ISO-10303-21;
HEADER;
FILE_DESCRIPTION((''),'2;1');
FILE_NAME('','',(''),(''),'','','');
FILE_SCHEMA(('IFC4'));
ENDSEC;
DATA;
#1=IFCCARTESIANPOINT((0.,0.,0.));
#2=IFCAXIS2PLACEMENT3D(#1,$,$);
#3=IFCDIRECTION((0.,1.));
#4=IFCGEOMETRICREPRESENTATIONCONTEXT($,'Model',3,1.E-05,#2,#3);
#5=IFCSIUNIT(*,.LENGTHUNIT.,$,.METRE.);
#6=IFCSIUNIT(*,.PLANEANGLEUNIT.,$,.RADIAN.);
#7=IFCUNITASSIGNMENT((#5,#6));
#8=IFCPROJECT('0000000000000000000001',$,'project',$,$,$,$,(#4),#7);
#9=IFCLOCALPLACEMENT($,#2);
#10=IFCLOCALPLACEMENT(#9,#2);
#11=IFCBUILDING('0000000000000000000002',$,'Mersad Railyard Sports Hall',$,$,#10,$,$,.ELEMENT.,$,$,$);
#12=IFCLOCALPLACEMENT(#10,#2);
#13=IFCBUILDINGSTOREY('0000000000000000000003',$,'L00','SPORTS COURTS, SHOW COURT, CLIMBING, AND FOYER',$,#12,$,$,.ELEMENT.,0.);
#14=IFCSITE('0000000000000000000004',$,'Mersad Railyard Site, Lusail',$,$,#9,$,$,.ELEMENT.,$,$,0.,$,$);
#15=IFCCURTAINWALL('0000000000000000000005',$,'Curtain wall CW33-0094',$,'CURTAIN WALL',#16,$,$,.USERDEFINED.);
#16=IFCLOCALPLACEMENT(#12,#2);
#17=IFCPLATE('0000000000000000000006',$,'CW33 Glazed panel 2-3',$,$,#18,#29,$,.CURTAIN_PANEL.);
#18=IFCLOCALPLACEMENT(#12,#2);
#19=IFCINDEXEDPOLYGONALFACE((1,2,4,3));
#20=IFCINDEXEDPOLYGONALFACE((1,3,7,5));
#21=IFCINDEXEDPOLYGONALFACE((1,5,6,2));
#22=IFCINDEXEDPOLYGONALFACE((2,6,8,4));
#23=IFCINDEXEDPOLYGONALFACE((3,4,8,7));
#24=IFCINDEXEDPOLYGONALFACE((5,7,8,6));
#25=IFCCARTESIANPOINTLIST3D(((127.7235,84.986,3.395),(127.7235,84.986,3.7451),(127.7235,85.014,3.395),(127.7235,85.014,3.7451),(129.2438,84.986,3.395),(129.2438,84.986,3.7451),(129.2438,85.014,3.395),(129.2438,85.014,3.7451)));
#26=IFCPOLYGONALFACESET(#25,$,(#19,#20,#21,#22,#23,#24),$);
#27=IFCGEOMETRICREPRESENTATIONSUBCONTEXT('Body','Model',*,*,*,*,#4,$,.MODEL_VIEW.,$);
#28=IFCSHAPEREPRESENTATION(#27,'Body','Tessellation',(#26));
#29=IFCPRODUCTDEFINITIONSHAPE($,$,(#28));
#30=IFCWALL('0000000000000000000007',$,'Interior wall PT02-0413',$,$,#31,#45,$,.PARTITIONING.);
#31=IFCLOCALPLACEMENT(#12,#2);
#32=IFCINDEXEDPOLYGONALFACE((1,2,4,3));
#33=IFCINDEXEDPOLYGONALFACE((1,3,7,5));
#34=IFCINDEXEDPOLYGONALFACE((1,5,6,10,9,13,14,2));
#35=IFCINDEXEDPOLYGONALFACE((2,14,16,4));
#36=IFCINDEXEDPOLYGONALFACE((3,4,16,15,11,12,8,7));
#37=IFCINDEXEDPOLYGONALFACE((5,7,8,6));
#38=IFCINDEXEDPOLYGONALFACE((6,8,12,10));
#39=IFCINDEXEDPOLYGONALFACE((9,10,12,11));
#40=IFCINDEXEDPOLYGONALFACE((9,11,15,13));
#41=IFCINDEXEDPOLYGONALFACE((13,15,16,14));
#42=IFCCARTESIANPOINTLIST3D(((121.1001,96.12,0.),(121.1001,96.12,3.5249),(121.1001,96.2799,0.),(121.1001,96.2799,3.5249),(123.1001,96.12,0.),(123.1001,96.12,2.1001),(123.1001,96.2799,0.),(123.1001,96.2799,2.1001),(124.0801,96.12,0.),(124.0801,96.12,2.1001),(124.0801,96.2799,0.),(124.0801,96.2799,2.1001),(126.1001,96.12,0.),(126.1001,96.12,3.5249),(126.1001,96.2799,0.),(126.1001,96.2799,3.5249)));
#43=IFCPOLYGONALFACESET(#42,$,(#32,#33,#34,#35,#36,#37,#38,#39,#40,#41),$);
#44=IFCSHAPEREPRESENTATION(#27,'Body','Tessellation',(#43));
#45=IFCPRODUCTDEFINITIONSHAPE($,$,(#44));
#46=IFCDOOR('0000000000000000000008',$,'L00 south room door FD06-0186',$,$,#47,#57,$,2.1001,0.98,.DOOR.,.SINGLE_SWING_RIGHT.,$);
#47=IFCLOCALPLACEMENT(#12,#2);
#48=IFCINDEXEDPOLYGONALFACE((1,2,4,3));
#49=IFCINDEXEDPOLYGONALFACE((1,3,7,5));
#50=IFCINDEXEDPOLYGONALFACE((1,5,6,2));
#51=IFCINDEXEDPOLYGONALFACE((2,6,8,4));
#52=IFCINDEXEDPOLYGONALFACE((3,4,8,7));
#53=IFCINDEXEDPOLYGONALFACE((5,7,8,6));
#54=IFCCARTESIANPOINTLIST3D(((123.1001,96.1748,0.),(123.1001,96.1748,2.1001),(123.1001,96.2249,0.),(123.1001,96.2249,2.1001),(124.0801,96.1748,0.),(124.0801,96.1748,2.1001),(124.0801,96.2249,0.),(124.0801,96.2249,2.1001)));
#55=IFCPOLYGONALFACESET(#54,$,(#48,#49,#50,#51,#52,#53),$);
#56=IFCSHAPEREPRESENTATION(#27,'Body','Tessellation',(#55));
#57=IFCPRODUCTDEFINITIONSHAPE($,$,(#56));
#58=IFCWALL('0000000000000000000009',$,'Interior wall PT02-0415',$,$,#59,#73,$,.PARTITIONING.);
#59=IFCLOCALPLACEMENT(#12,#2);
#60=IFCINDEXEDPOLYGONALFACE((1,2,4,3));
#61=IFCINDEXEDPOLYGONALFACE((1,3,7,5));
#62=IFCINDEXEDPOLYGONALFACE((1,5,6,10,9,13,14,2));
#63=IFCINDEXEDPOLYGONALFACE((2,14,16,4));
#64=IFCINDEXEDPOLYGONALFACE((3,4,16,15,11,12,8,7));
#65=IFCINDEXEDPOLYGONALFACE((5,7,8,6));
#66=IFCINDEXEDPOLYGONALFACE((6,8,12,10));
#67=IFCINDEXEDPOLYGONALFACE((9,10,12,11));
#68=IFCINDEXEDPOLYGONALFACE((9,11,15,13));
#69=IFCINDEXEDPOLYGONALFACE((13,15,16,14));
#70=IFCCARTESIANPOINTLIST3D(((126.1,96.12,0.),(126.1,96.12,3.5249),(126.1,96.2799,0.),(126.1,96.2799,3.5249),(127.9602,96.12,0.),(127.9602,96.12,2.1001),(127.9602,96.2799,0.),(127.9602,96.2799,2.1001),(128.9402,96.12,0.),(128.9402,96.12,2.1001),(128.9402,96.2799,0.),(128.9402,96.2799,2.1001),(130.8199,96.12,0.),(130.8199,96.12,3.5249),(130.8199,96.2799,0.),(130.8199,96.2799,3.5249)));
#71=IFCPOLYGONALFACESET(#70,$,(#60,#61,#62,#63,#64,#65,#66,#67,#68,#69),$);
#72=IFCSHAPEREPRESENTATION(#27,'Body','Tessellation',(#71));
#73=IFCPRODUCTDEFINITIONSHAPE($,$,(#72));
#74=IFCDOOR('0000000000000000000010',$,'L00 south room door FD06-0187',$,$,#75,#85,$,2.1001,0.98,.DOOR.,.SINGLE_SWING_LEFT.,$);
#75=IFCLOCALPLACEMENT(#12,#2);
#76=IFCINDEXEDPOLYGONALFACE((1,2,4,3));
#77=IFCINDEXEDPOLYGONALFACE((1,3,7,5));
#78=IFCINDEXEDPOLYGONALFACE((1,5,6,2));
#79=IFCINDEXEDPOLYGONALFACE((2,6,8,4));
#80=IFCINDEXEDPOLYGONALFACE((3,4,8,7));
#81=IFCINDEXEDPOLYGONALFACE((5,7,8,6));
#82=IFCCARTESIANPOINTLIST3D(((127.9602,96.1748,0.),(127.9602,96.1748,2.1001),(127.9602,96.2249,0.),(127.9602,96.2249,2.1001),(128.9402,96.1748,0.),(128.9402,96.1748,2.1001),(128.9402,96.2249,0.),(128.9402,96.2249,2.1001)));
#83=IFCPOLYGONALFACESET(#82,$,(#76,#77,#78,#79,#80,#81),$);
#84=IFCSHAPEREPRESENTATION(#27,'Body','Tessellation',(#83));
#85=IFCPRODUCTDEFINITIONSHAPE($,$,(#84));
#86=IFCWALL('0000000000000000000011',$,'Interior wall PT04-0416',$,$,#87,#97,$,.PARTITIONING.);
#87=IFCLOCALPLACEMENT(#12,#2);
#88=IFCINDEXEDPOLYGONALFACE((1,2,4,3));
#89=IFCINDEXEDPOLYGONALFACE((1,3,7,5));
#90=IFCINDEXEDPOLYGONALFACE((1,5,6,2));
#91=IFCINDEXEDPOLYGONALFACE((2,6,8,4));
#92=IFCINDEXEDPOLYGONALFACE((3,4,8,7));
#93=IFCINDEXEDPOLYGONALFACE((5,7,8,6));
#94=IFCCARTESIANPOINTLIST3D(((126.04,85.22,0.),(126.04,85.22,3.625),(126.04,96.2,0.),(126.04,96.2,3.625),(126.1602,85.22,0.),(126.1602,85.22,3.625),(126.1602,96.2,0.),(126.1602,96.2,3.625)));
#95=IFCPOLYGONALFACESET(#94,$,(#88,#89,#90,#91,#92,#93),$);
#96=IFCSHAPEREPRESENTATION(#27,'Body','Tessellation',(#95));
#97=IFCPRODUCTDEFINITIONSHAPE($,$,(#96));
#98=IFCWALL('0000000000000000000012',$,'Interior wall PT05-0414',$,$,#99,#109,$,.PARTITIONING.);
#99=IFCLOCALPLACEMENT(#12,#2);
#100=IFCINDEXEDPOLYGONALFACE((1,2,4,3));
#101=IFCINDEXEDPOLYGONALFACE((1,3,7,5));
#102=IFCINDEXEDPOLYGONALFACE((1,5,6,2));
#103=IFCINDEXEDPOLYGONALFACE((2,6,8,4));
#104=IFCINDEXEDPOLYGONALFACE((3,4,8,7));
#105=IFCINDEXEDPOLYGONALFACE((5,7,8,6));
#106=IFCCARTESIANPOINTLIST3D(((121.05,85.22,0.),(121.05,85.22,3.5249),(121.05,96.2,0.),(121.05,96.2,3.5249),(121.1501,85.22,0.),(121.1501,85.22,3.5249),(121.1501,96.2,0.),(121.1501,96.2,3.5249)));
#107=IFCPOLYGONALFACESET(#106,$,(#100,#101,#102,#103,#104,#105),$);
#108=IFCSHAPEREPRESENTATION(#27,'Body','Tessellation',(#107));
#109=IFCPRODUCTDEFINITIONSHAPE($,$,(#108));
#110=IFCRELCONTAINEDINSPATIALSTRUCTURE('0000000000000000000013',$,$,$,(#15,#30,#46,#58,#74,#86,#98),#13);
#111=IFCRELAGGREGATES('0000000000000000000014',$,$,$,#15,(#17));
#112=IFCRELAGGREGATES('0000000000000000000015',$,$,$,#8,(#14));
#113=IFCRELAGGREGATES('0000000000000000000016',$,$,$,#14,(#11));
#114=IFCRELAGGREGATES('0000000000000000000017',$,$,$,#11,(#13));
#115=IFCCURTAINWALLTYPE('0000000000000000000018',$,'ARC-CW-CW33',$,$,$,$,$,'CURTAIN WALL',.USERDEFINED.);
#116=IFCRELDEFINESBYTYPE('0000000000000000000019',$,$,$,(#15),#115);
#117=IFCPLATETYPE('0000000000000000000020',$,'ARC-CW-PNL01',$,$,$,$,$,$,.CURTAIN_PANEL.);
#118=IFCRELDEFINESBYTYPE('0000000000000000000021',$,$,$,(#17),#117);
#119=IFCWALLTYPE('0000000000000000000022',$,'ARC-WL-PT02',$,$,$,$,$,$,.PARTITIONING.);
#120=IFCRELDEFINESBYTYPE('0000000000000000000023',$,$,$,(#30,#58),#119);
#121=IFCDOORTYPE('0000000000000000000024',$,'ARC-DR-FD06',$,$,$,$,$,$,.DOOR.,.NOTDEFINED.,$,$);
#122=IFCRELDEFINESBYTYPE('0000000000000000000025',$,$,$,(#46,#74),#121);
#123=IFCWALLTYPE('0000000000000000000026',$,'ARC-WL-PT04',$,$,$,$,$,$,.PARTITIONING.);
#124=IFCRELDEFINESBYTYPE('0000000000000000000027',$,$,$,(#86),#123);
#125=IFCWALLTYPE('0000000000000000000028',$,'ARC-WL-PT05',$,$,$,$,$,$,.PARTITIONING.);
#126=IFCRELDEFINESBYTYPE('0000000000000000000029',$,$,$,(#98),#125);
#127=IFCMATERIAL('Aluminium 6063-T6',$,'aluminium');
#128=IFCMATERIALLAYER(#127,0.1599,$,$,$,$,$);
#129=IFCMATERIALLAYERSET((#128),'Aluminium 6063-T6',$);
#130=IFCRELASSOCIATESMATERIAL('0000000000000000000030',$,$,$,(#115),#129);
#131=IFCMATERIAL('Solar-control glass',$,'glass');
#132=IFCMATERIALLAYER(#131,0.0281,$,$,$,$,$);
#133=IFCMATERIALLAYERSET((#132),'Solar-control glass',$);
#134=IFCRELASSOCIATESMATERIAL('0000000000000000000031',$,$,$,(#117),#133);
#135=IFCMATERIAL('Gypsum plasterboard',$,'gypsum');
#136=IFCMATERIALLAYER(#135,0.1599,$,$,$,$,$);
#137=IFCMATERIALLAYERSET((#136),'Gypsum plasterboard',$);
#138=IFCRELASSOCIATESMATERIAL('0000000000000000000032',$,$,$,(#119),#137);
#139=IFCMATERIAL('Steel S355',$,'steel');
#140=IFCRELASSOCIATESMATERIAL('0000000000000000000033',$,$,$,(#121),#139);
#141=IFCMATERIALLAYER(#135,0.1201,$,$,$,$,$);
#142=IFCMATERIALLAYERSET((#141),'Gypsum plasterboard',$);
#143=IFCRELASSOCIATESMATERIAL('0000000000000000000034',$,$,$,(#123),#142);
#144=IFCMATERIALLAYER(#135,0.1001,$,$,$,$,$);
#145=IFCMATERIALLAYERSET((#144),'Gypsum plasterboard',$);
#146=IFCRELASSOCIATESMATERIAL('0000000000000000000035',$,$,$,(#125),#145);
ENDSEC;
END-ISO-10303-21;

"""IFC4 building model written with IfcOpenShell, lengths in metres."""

from ifc_helpers import new_model, si_unit, direction, frame, frame_2d, origin, origin_2d, place, context, subcontext, project, spatial, rectangle, extrude, material, layer, layer_set, type_object, element, fill, aggregate, save


model = new_model("IFC4")

# Units and contexts
model_context = context("Model", 3, precision=1e-05, world=origin(), true_north=direction((0.0, 1.0)))
body_context = subcontext(model_context, "Body", "Model", "MODEL_VIEW")
ifc_project = project(units=[si_unit("LENGTHUNIT", "METRE"), si_unit("PLANEANGLEUNIT", "RADIAN")], contexts=[model_context])

# Site, building, storey
site_placement = place(None, origin())
site = spatial("IfcSite", under=ifc_project, at=site_placement, Name="Mersad Railyard Site, Lusail", CompositionType="ELEMENT", RefElevation=0.0)
building_placement = place(site_placement, origin())
building = spatial("IfcBuilding", under=site, at=building_placement, Name="Mersad Railyard Sports Hall", CompositionType="ELEMENT")
storey_placement = place(building_placement, origin())
storey = spatial("IfcBuildingStorey", under=building, at=storey_placement, Name="L00", Description="SPORTS COURTS, SHOW COURT, CLIMBING, AND FOYER", CompositionType="ELEMENT", Elevation=0.0)

# Curtain wall
ifc_material_1 = material(Name="Aluminium 6063-T6", Category="aluminium")
ifc_layer_1 = layer(ifc_material_1, 0.1599)
ifc_layer_set_1 = layer_set([ifc_layer_1], Name="Aluminium 6063-T6")
curtain_wall_type = type_object("IfcCurtainWallType", Name="ARC-CW-CW33", ElementType="CURTAIN WALL", PredefinedType="USERDEFINED", material=ifc_layer_set_1)
curtain_wall_placement = place(storey_placement, origin())
curtain_wall = element("IfcCurtainWall", 1, at=curtain_wall_placement, inside=storey, type_object=curtain_wall_type, Name="Curtain wall CW33-0094", ObjectType="CURTAIN WALL", PredefinedType="USERDEFINED")

# Plate
ifc_material_2 = material(Name="Solar-control glass", Category="glass")
ifc_layer_2 = layer(ifc_material_2, 0.0281)
ifc_layer_set_2 = layer_set([ifc_layer_2], Name="Solar-control glass")
plate_type = type_object("IfcPlateType", Name="ARC-CW-PNL01", PredefinedType="CURTAIN_PANEL", material=ifc_layer_set_2)
plate_placement = place(storey_placement, frame((128.4836, 85.0, 3.395), z_axis=(0.0, 0.0, 1.0), x_axis=(-1.0, 0.0, 0.0)))
plate = element("IfcPlate", 2, at=plate_placement, type_object=plate_type, Name="CW33 Glazed panel 2-3", PredefinedType="CURTAIN_PANEL", context=body_context, shape_type="SweptSolid", body=[
    extrude(rectangle(XDim=1.5203, YDim=0.0281, at=origin_2d()), origin(), (0.0, 0.0, 1.0), 0.3501),
])
aggregate(curtain_wall, [plate])

# Walls, openings, doors
ifc_material_3 = material(Name="Gypsum plasterboard", Category="gypsum")
ifc_layer_3 = layer(ifc_material_3, 0.1599)
ifc_layer_set_3 = layer_set([ifc_layer_3], Name="Gypsum plasterboard")
wall_type_1 = type_object("IfcWallType", Name="ARC-WL-PT02", PredefinedType="PARTITIONING", material=ifc_layer_set_3)
ifc_material_4 = material(Name="Steel S355", Category="steel")
wall_1_placement = place(storey_placement, frame((121.1001, 96.2, 0.0), z_axis=(0.0, 0.0, 1.0), x_axis=(1.0, 0.0, 0.0)))
wall_1 = element("IfcWall", 3, at=wall_1_placement, inside=storey, type_object=wall_type_1, Name="Interior wall PT02-0413", PredefinedType="PARTITIONING", context=body_context, shape_type="SweptSolid", body=[
    extrude(rectangle(XDim=5.0, YDim=0.1599, at=frame_2d((2.5, 0.0))), origin(), (0.0, 0.0, 1.0), 3.5249),
])
opening_1_placement = place(wall_1_placement, frame((2.0, 0.0, 0.0)))
opening_1 = element("IfcOpeningElement", 4, at=opening_1_placement, cuts=wall_1, PredefinedType="OPENING", context=body_context, shape_type="SweptSolid", body=[
    extrude(rectangle(XDim=0.98, YDim=2.1001, at=frame_2d((0.49, 1.05))), frame((0.0, 0.0898, 0.0), z_axis=(0.0, -1.0, 0.0), x_axis=(1.0, 0.0, 0.0)), (0.0, 0.0, 1.0), 0.1799),
])
door_type_1 = type_object("IfcDoorType", Name="ARC-DR-FD06", OperationType="NOTDEFINED", PredefinedType="DOOR", material=ifc_material_4)
door_1_placement = place(opening_1_placement, origin())
door_1 = element("IfcDoor", 5, at=door_1_placement, inside=storey, type_object=door_type_1, Name="L00 south room door FD06-0186", OperationType="SINGLE_SWING_RIGHT", OverallHeight=2.1001, OverallWidth=0.98, PredefinedType="DOOR", context=body_context, shape_type="SweptSolid", body=[
    extrude(rectangle(XDim=0.98, YDim=2.1001, at=frame_2d((0.49, 1.05))), frame((0.0, 0.0249, 0.0), z_axis=(0.0, -1.0, 0.0), x_axis=(1.0, 0.0, 0.0)), (0.0, 0.0, 1.0), 0.05),
])
fill(opening_1, door_1)
wall_2_placement = place(storey_placement, frame((126.1001, 96.2, 0.0), z_axis=(0.0, 0.0, 1.0), x_axis=(1.0, 0.0, 0.0)))
wall_2 = element("IfcWall", 6, at=wall_2_placement, inside=storey, type_object=wall_type_1, Name="Interior wall PT02-0415", PredefinedType="PARTITIONING", context=body_context, shape_type="SweptSolid", body=[
    extrude(rectangle(XDim=4.72, YDim=0.1599, at=frame_2d((2.3599, 0.0))), origin(), (0.0, 0.0, 1.0), 3.5249),
])
opening_2_placement = place(wall_2_placement, frame((1.8601, 0.0, 0.0)))
opening_2 = element("IfcOpeningElement", 7, at=opening_2_placement, cuts=wall_2, PredefinedType="OPENING", context=body_context, shape_type="SweptSolid", body=[
    extrude(rectangle(XDim=0.98, YDim=2.1001, at=frame_2d((0.49, 1.05))), frame((0.0, 0.0898, 0.0), z_axis=(0.0, -1.0, 0.0), x_axis=(1.0, 0.0, 0.0)), (0.0, 0.0, 1.0), 0.1799),
])
door_2_placement = place(opening_2_placement, origin())
door_2 = element("IfcDoor", 8, at=door_2_placement, inside=storey, type_object=door_type_1, Name="L00 south room door FD06-0187", OperationType="SINGLE_SWING_LEFT", OverallHeight=2.1001, OverallWidth=0.98, PredefinedType="DOOR", context=body_context, shape_type="SweptSolid", body=[
    extrude(rectangle(XDim=0.98, YDim=2.1001, at=frame_2d((0.49, 1.05))), frame((0.0, 0.0249, 0.0), z_axis=(0.0, -1.0, 0.0), x_axis=(1.0, 0.0, 0.0)), (0.0, 0.0, 1.0), 0.05),
])
fill(opening_2, door_2)

# Walls
ifc_layer_4 = layer(ifc_material_3, 0.1201)
ifc_layer_set_4 = layer_set([ifc_layer_4], Name="Gypsum plasterboard")
wall_type_2 = type_object("IfcWallType", Name="ARC-WL-PT04", PredefinedType="PARTITIONING", material=ifc_layer_set_4)
wall_3_placement = place(storey_placement, frame((126.1001, 85.22, 0.0), z_axis=(0.0, 0.0, 1.0), x_axis=(0.0, 1.0, 0.0)))
element("IfcWall", 9, at=wall_3_placement, inside=storey, type_object=wall_type_2, Name="Interior wall PT04-0416", PredefinedType="PARTITIONING", context=body_context, shape_type="SweptSolid", body=[
    extrude(rectangle(XDim=10.98, YDim=0.1201, at=frame_2d((5.49, 0.0))), origin(), (0.0, 0.0, 1.0), 3.625),
])
ifc_layer_5 = layer(ifc_material_3, 0.1001)
ifc_layer_set_5 = layer_set([ifc_layer_5], Name="Gypsum plasterboard")
wall_type_3 = type_object("IfcWallType", Name="ARC-WL-PT05", PredefinedType="PARTITIONING", material=ifc_layer_set_5)
wall_4_placement = place(storey_placement, frame((121.1001, 85.22, 0.0), z_axis=(0.0, 0.0, 1.0), x_axis=(0.0, 1.0, 0.0)))
element("IfcWall", 10, at=wall_4_placement, inside=storey, type_object=wall_type_3, Name="Interior wall PT05-0414", PredefinedType="PARTITIONING", context=body_context, shape_type="SweptSolid", body=[
    extrude(rectangle(XDim=10.98, YDim=0.1001, at=frame_2d((5.49, 0.0))), origin(), (0.0, 0.0, 1.0), 3.5249),
])

save(model, "model.ifc")
